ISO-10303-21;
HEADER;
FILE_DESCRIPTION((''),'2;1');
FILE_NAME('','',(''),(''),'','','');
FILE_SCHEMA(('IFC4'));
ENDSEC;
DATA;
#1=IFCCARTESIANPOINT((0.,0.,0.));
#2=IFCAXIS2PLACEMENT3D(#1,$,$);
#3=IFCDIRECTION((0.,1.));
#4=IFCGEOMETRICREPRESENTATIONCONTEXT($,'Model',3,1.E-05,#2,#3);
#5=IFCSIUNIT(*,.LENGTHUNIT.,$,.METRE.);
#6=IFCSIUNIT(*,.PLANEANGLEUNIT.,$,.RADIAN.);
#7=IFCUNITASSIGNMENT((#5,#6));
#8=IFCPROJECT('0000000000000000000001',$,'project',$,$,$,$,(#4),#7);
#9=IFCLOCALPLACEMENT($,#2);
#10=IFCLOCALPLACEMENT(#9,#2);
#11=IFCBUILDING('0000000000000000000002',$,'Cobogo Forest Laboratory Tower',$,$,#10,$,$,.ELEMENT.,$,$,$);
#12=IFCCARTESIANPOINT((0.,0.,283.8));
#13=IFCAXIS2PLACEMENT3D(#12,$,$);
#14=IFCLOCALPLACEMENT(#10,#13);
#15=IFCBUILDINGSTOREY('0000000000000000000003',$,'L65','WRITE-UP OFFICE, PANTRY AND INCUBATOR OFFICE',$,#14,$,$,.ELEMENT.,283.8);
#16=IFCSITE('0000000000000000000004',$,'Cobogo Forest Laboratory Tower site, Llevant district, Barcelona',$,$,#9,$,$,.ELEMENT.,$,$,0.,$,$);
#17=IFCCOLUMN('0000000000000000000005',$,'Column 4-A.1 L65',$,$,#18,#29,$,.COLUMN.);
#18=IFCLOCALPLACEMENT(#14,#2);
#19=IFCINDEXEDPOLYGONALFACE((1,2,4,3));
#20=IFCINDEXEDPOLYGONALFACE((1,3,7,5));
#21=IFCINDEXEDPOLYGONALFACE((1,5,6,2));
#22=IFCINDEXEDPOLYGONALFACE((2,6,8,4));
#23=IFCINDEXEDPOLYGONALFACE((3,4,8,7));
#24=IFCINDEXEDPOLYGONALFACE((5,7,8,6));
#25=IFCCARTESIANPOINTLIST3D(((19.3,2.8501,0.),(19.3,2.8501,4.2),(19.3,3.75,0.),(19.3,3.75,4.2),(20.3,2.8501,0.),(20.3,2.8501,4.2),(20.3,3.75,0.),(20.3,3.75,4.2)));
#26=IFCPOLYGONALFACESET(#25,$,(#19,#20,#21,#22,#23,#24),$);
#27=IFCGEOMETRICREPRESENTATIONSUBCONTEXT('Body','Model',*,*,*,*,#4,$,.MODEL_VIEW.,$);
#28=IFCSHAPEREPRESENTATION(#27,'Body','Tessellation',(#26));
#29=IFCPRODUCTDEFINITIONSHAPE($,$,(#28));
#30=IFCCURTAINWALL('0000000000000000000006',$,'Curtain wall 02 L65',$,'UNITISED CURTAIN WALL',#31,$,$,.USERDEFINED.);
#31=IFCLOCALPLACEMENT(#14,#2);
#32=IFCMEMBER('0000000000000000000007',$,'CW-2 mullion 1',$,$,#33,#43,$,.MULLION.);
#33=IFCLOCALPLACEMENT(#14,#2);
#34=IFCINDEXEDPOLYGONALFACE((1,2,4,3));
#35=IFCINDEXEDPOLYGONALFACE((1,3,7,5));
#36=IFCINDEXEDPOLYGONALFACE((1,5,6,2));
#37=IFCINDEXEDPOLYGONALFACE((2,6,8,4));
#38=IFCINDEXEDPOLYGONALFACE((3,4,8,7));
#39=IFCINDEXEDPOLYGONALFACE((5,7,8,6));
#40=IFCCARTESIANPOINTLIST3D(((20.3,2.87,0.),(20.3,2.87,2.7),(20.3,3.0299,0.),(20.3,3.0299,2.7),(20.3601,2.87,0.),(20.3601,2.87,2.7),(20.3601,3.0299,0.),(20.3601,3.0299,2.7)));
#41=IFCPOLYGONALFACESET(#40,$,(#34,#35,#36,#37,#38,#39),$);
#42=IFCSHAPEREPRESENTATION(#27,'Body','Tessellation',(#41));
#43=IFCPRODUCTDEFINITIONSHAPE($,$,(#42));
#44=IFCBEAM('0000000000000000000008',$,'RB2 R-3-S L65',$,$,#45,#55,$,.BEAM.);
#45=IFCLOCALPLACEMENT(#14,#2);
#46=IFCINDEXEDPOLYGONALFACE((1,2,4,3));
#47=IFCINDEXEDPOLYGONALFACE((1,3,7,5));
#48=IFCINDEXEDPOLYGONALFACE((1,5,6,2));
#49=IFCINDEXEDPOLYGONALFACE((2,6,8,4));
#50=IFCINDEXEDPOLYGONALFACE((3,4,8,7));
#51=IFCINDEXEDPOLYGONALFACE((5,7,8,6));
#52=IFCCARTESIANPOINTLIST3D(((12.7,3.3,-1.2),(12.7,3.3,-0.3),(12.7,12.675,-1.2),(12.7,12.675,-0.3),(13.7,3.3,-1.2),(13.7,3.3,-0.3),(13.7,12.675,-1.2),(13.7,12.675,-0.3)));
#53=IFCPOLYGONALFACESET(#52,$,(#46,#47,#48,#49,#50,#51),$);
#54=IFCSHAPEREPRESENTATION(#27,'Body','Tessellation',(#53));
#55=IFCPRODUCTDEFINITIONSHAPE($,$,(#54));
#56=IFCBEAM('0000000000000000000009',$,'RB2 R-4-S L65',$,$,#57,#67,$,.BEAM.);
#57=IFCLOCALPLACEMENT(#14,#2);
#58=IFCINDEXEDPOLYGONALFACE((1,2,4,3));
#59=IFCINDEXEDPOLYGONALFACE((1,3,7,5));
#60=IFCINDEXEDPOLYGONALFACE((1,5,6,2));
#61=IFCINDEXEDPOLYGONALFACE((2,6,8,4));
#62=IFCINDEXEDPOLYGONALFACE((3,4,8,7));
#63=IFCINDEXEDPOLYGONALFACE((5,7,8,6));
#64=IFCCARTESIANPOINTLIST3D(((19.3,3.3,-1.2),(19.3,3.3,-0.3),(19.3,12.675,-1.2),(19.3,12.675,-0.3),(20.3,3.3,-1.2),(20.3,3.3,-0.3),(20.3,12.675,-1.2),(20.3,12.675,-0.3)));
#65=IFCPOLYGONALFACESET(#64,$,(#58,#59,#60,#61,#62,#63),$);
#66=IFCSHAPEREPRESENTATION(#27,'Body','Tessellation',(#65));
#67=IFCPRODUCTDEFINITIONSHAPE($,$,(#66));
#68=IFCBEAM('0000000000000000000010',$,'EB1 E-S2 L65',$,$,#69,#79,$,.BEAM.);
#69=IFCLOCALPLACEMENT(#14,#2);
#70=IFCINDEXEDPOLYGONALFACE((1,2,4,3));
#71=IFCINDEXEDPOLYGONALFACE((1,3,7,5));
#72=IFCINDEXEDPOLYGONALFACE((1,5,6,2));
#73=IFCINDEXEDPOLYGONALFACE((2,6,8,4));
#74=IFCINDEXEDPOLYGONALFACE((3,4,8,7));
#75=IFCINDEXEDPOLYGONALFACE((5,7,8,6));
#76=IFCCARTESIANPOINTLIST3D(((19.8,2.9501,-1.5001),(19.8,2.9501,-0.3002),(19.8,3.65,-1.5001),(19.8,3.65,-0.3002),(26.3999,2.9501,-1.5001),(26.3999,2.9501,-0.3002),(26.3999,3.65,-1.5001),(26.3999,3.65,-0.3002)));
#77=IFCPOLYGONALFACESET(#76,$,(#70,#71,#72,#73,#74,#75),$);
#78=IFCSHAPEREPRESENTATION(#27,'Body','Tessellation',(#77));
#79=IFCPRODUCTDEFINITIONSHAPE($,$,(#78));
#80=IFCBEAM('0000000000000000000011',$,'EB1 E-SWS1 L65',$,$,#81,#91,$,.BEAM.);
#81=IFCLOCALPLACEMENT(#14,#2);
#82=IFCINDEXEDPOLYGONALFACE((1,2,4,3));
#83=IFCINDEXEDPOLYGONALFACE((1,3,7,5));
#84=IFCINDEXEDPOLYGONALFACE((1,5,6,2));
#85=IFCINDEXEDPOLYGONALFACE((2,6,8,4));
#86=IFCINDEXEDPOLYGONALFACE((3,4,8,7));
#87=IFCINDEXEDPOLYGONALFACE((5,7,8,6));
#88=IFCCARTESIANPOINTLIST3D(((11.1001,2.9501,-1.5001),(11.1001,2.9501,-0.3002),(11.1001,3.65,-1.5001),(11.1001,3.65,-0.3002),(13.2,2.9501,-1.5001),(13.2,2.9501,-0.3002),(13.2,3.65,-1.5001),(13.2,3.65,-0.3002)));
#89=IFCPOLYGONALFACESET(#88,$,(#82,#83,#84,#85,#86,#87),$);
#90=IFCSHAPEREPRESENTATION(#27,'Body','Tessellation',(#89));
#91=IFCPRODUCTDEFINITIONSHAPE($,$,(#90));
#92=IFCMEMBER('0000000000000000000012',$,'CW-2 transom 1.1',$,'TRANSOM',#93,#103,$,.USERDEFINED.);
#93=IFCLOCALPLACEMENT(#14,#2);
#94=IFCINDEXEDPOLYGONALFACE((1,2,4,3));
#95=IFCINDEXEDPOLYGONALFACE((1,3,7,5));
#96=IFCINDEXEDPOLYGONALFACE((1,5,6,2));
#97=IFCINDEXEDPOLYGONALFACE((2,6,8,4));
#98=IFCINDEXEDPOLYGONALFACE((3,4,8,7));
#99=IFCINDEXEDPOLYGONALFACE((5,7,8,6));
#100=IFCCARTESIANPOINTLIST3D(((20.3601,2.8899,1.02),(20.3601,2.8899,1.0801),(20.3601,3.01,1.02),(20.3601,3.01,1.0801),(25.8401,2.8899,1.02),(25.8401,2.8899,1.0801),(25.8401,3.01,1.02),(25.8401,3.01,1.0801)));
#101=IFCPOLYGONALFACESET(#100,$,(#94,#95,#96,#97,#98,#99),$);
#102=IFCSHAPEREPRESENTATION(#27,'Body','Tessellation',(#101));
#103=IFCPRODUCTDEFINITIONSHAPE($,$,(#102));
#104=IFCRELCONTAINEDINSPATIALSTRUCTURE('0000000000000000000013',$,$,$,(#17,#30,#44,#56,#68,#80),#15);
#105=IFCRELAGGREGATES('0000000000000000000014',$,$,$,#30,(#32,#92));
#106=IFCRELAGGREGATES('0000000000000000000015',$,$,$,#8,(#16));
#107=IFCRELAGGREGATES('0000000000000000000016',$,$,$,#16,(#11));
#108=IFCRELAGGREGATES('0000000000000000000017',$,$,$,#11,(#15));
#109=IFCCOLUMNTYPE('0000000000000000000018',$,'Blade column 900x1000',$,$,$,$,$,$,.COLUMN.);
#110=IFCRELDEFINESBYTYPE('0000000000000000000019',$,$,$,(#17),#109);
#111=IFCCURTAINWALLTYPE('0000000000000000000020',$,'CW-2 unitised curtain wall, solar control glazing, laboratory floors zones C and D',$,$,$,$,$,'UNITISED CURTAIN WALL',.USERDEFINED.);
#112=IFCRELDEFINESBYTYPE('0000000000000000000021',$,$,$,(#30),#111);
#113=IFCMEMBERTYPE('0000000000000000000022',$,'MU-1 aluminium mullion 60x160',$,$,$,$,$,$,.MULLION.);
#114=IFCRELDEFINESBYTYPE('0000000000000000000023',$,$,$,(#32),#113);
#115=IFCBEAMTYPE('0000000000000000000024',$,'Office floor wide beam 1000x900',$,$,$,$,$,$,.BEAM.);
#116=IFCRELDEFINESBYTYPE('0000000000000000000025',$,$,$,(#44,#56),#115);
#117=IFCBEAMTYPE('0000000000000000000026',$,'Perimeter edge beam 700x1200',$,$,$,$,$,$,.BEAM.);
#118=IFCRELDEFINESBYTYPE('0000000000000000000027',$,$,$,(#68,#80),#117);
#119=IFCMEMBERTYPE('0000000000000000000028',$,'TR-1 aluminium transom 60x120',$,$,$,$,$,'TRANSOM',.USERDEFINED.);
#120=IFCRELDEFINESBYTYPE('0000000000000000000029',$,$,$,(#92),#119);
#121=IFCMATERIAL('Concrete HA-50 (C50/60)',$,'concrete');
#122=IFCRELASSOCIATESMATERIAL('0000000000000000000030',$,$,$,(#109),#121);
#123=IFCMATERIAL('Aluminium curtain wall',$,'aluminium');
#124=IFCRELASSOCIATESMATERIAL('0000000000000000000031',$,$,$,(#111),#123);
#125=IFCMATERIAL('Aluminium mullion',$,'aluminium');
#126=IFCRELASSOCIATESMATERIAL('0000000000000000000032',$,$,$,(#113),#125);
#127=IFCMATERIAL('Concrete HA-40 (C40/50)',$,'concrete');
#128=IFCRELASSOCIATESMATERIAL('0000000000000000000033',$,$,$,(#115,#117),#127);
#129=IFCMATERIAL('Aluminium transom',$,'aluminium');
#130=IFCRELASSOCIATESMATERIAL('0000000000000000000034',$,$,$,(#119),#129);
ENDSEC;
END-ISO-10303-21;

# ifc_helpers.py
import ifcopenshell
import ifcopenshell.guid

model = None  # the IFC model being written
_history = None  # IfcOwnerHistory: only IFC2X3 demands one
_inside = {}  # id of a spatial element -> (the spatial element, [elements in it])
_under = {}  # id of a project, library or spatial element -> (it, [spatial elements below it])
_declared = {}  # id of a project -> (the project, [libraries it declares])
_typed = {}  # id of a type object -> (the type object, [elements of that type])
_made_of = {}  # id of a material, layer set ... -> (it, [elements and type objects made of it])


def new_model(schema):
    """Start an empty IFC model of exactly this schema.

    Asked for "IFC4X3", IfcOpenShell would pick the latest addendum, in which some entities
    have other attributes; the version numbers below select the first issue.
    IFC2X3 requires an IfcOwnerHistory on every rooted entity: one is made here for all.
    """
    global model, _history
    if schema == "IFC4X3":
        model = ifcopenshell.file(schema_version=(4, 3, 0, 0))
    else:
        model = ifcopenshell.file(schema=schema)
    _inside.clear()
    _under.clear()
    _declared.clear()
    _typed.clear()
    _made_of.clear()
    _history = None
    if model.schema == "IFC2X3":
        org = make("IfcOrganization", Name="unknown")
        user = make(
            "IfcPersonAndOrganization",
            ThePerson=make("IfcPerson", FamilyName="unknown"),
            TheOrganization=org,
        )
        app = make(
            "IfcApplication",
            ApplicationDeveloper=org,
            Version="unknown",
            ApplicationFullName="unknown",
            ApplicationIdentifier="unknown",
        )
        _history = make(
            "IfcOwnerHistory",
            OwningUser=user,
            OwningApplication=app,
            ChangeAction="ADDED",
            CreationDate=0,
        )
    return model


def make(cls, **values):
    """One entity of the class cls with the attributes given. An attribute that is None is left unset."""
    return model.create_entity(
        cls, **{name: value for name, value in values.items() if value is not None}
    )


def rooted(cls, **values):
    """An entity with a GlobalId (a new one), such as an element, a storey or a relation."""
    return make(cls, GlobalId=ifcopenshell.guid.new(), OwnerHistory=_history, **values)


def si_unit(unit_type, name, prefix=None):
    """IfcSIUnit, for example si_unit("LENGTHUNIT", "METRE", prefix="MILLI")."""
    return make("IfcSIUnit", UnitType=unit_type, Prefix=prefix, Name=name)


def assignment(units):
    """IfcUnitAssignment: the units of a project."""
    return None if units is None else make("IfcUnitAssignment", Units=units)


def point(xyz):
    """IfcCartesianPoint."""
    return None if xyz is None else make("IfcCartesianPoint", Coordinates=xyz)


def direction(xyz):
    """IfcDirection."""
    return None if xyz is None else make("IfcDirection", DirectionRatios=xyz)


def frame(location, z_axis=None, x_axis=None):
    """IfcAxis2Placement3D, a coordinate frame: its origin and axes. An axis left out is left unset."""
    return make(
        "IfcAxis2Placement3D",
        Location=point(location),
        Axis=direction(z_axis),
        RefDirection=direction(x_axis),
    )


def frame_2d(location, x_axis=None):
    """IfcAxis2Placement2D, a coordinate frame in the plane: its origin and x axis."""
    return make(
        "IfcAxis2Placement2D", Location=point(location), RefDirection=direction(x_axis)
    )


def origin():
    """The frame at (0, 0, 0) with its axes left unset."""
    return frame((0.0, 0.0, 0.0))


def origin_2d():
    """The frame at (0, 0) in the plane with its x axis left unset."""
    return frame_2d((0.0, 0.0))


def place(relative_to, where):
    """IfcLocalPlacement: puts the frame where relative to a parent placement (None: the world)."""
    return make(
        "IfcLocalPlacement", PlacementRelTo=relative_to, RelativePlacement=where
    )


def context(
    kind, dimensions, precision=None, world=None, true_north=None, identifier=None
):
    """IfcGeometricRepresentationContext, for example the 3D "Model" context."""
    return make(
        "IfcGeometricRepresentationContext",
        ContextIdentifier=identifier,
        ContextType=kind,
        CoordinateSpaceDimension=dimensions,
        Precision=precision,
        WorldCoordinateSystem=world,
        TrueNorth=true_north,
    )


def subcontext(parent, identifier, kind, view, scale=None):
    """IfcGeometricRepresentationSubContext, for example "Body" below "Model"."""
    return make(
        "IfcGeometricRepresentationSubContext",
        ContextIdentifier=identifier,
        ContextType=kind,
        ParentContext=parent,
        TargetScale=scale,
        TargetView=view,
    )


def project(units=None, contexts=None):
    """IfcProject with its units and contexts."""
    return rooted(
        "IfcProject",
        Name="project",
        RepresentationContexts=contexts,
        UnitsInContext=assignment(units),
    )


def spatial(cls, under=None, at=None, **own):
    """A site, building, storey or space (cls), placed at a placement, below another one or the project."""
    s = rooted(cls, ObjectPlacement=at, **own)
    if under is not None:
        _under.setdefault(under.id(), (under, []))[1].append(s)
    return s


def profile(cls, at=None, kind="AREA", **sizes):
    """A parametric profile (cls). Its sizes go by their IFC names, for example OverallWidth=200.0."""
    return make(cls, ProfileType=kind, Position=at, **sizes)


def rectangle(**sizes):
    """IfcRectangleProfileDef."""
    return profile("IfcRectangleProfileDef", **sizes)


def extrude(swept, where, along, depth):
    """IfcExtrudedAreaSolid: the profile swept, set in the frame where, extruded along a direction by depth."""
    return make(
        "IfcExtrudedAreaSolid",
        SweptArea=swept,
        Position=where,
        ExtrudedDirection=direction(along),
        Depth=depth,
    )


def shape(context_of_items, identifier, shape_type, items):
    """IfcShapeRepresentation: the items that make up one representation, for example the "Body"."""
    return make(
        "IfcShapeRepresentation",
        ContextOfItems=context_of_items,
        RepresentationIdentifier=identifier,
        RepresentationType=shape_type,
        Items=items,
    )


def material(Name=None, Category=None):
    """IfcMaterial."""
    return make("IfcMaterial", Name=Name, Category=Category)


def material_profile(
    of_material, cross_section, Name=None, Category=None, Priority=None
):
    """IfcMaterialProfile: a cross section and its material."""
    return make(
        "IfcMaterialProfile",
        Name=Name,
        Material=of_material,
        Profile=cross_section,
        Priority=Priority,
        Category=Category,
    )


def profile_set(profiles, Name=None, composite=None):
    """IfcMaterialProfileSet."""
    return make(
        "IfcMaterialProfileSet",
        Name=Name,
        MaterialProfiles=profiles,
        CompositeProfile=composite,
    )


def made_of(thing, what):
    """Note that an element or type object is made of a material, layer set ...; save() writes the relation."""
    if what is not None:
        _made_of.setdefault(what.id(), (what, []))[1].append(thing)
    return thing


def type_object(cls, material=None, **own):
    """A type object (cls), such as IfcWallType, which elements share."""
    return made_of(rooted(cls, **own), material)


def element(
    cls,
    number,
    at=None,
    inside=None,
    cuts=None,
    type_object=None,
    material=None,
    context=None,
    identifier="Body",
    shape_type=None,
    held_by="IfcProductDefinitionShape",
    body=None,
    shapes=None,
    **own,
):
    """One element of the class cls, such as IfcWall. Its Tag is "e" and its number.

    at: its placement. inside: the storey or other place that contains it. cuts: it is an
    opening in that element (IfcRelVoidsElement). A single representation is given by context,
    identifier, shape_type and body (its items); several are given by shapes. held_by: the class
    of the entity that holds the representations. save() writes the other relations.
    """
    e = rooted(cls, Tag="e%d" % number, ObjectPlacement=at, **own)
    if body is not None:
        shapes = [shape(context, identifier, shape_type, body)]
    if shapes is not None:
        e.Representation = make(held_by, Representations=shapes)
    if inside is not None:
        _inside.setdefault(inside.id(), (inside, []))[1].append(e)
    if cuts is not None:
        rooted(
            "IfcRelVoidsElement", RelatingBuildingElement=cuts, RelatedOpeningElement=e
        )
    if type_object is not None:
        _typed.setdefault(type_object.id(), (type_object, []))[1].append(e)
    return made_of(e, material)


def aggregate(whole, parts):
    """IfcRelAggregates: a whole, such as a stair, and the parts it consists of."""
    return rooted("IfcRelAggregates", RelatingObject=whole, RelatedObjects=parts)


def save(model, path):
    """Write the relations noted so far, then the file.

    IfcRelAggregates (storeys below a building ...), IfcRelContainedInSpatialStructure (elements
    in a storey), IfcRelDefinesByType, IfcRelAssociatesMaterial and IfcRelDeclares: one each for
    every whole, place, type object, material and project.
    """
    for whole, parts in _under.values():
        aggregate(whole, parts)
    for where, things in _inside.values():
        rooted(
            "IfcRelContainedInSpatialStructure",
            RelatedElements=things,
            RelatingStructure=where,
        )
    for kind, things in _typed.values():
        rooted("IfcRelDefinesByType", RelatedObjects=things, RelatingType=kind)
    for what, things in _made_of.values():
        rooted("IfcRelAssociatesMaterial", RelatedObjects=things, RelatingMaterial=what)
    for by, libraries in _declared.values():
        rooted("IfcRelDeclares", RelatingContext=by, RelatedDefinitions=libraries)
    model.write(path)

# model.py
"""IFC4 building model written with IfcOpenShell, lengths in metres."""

from ifc_helpers import new_model, si_unit, direction, frame, origin, origin_2d, place, context, subcontext, project, spatial, rectangle, extrude, material, material_profile, profile_set, type_object, element, aggregate, save


model = new_model("IFC4")

# Units and contexts
model_context = context("Model", 3, precision=1e-05, world=origin(), true_north=direction((0.0, 1.0)))
body_context = subcontext(model_context, "Body", "Model", "MODEL_VIEW")
ifc_project = project(units=[si_unit("LENGTHUNIT", "METRE"), si_unit("PLANEANGLEUNIT", "RADIAN")], contexts=[model_context])

# Site, building, storey
site_placement = place(None, origin())
site = spatial("IfcSite", under=ifc_project, at=site_placement, Name="Cobogo Forest Laboratory Tower site, Llevant district, Barcelona", CompositionType="ELEMENT", RefElevation=0.0)
building_placement = place(site_placement, origin())
building = spatial("IfcBuilding", under=site, at=building_placement, Name="Cobogo Forest Laboratory Tower", CompositionType="ELEMENT")
storey_placement = place(building_placement, frame((0.0, 0.0, 283.8)))
storey = spatial("IfcBuildingStorey", under=building, at=storey_placement, Name="L65", Description="WRITE-UP OFFICE, PANTRY AND INCUBATOR OFFICE", CompositionType="ELEMENT", Elevation=283.8)

# Column
ifc_material_1 = material(Name="Concrete HA-50 (C50/60)", Category="concrete")
ifc_material_profile_1 = material_profile(ifc_material_1, rectangle(XDim=1.0, YDim=0.8999, at=origin_2d()), Name="RC 900x1000")
ifc_profile_set_1 = profile_set([ifc_material_profile_1], Name="Concrete HA-50 (C50/60)")
column_type = type_object("IfcColumnType", Name="Blade column 900x1000", PredefinedType="COLUMN", material=ifc_profile_set_1)
column_placement = place(storey_placement, frame((19.8, 3.3, 0.0), z_axis=(0.0, 0.0, 1.0), x_axis=(1.0, 0.0, 0.0)))
element("IfcColumn", 1, at=column_placement, inside=storey, type_object=column_type, Name="Column 4-A.1 L65", PredefinedType="COLUMN", context=body_context, shape_type="SweptSolid", body=[
    extrude(rectangle(XDim=1.0, YDim=0.8999, at=origin_2d()), origin(), (0.0, 0.0, 1.0), 4.2),
])

# Curtain wall, member
ifc_material_2 = material(Name="Aluminium curtain wall", Category="aluminium")
curtain_wall_type = type_object("IfcCurtainWallType", Name="CW-2 unitised curtain wall, solar control glazing, laboratory floors zones C and D", ElementType="UNITISED CURTAIN WALL", PredefinedType="USERDEFINED", material=ifc_material_2)
curtain_wall_placement = place(storey_placement, origin())
curtain_wall = element("IfcCurtainWall", 2, at=curtain_wall_placement, inside=storey, type_object=curtain_wall_type, Name="Curtain wall 02 L65", ObjectType="UNITISED CURTAIN WALL", PredefinedType="USERDEFINED")
ifc_material_3 = material(Name="Aluminium mullion", Category="aluminium")
ifc_material_profile_2 = material_profile(ifc_material_3, rectangle(XDim=0.0601, YDim=0.1599, at=origin_2d()), Name="AL 60x160")
ifc_profile_set_2 = profile_set([ifc_material_profile_2], Name="Aluminium mullion")
member_type_1 = type_object("IfcMemberType", Name="MU-1 aluminium mullion 60x160", PredefinedType="MULLION", material=ifc_profile_set_2)
member_1_placement = place(storey_placement, frame((20.3301, 2.95, 0.0), z_axis=(0.0, 0.0, 1.0), x_axis=(1.0, 0.0, 0.0)))
member_1 = element("IfcMember", 3, at=member_1_placement, type_object=member_type_1, Name="CW-2 mullion 1", PredefinedType="MULLION", context=body_context, shape_type="SweptSolid", body=[
    extrude(rectangle(XDim=0.0601, YDim=0.1599, at=origin_2d()), origin(), (0.0, 0.0, 1.0), 2.7),
])

# Beams
ifc_material_4 = material(Name="Concrete HA-40 (C40/50)", Category="concrete")
ifc_material_profile_3 = material_profile(ifc_material_4, rectangle(XDim=1.0, YDim=0.8999, at=origin_2d()), Name="RC 1000x900")
ifc_profile_set_3 = profile_set([ifc_material_profile_3], Name="Concrete HA-40 (C40/50)")
beam_type_1 = type_object("IfcBeamType", Name="Office floor wide beam 1000x900", PredefinedType="BEAM", material=ifc_profile_set_3)
for number, where, z_axis, x_axis, name in (
    (4, (13.2, 12.675, -0.75), (0.0, -1.0, 0.0), (1.0, 0.0, 0.0), "RB2 R-3-S L65"),
    (5, (19.8, 12.675, -0.75), (0.0, -1.0, 0.0), (1.0, 0.0, 0.0), "RB2 R-4-S L65"),
):
    element("IfcBeam", number, at=place(storey_placement, frame(where, z_axis=z_axis, x_axis=x_axis)), inside=storey, type_object=beam_type_1, Name=name, PredefinedType="BEAM", context=body_context, shape_type="SweptSolid", body=[
        extrude(rectangle(XDim=1.0, YDim=0.8999, at=origin_2d()), origin(), (0.0, 0.0, 1.0), 9.375),
    ])
ifc_material_profile_4 = material_profile(ifc_material_4, rectangle(XDim=0.7, YDim=1.2, at=origin_2d()), Name="RC 700x1200")
ifc_profile_set_4 = profile_set([ifc_material_profile_4], Name="Concrete HA-40 (C40/50)")
beam_type_2 = type_object("IfcBeamType", Name="Perimeter edge beam 700x1200", PredefinedType="BEAM", material=ifc_profile_set_4)
beam_1_placement = place(storey_placement, frame((19.8, 3.3, -0.9001), z_axis=(1.0, 0.0, 0.0), x_axis=(0.0, 1.0, 0.0)))
element("IfcBeam", 6, at=beam_1_placement, inside=storey, type_object=beam_type_2, Name="EB1 E-S2 L65", PredefinedType="BEAM", context=body_context, shape_type="SweptSolid", body=[
    extrude(rectangle(XDim=0.7, YDim=1.2, at=origin_2d()), origin(), (0.0, 0.0, 1.0), 6.5999),
])
beam_2_placement = place(storey_placement, frame((13.2, 3.3, -0.9001), z_axis=(-1.0, 0.0, 0.0), x_axis=(0.0, -1.0, 0.0)))
element("IfcBeam", 7, at=beam_2_placement, inside=storey, type_object=beam_type_2, Name="EB1 E-SWS1 L65", PredefinedType="BEAM", context=body_context, shape_type="SweptSolid", body=[
    extrude(rectangle(XDim=0.7, YDim=1.2, at=origin_2d()), origin(), (0.0, 0.0, 1.0), 2.0999),
])

# Member
ifc_material_5 = material(Name="Aluminium transom", Category="aluminium")
ifc_material_profile_5 = material_profile(ifc_material_5, rectangle(XDim=0.1201, YDim=0.0601, at=origin_2d()), Name="AL 60x120")
ifc_profile_set_5 = profile_set([ifc_material_profile_5], Name="Aluminium transom")
member_type_2 = type_object("IfcMemberType", Name="TR-1 aluminium transom 60x120", ElementType="TRANSOM", PredefinedType="USERDEFINED", material=ifc_profile_set_5)
member_2_placement = place(storey_placement, frame((20.3601, 2.95, 1.05), z_axis=(1.0, 0.0, 0.0), x_axis=(0.0, 1.0, 0.0)))
member_2 = element("IfcMember", 8, at=member_2_placement, type_object=member_type_2, Name="CW-2 transom 1.1", ObjectType="TRANSOM", PredefinedType="USERDEFINED", context=body_context, shape_type="SweptSolid", body=[
    extrude(rectangle(XDim=0.1201, YDim=0.0601, at=origin_2d()), origin(), (0.0, 0.0, 1.0), 5.48),
])
aggregate(curtain_wall, [member_1, member_2])

save(model, "model.ifc")
